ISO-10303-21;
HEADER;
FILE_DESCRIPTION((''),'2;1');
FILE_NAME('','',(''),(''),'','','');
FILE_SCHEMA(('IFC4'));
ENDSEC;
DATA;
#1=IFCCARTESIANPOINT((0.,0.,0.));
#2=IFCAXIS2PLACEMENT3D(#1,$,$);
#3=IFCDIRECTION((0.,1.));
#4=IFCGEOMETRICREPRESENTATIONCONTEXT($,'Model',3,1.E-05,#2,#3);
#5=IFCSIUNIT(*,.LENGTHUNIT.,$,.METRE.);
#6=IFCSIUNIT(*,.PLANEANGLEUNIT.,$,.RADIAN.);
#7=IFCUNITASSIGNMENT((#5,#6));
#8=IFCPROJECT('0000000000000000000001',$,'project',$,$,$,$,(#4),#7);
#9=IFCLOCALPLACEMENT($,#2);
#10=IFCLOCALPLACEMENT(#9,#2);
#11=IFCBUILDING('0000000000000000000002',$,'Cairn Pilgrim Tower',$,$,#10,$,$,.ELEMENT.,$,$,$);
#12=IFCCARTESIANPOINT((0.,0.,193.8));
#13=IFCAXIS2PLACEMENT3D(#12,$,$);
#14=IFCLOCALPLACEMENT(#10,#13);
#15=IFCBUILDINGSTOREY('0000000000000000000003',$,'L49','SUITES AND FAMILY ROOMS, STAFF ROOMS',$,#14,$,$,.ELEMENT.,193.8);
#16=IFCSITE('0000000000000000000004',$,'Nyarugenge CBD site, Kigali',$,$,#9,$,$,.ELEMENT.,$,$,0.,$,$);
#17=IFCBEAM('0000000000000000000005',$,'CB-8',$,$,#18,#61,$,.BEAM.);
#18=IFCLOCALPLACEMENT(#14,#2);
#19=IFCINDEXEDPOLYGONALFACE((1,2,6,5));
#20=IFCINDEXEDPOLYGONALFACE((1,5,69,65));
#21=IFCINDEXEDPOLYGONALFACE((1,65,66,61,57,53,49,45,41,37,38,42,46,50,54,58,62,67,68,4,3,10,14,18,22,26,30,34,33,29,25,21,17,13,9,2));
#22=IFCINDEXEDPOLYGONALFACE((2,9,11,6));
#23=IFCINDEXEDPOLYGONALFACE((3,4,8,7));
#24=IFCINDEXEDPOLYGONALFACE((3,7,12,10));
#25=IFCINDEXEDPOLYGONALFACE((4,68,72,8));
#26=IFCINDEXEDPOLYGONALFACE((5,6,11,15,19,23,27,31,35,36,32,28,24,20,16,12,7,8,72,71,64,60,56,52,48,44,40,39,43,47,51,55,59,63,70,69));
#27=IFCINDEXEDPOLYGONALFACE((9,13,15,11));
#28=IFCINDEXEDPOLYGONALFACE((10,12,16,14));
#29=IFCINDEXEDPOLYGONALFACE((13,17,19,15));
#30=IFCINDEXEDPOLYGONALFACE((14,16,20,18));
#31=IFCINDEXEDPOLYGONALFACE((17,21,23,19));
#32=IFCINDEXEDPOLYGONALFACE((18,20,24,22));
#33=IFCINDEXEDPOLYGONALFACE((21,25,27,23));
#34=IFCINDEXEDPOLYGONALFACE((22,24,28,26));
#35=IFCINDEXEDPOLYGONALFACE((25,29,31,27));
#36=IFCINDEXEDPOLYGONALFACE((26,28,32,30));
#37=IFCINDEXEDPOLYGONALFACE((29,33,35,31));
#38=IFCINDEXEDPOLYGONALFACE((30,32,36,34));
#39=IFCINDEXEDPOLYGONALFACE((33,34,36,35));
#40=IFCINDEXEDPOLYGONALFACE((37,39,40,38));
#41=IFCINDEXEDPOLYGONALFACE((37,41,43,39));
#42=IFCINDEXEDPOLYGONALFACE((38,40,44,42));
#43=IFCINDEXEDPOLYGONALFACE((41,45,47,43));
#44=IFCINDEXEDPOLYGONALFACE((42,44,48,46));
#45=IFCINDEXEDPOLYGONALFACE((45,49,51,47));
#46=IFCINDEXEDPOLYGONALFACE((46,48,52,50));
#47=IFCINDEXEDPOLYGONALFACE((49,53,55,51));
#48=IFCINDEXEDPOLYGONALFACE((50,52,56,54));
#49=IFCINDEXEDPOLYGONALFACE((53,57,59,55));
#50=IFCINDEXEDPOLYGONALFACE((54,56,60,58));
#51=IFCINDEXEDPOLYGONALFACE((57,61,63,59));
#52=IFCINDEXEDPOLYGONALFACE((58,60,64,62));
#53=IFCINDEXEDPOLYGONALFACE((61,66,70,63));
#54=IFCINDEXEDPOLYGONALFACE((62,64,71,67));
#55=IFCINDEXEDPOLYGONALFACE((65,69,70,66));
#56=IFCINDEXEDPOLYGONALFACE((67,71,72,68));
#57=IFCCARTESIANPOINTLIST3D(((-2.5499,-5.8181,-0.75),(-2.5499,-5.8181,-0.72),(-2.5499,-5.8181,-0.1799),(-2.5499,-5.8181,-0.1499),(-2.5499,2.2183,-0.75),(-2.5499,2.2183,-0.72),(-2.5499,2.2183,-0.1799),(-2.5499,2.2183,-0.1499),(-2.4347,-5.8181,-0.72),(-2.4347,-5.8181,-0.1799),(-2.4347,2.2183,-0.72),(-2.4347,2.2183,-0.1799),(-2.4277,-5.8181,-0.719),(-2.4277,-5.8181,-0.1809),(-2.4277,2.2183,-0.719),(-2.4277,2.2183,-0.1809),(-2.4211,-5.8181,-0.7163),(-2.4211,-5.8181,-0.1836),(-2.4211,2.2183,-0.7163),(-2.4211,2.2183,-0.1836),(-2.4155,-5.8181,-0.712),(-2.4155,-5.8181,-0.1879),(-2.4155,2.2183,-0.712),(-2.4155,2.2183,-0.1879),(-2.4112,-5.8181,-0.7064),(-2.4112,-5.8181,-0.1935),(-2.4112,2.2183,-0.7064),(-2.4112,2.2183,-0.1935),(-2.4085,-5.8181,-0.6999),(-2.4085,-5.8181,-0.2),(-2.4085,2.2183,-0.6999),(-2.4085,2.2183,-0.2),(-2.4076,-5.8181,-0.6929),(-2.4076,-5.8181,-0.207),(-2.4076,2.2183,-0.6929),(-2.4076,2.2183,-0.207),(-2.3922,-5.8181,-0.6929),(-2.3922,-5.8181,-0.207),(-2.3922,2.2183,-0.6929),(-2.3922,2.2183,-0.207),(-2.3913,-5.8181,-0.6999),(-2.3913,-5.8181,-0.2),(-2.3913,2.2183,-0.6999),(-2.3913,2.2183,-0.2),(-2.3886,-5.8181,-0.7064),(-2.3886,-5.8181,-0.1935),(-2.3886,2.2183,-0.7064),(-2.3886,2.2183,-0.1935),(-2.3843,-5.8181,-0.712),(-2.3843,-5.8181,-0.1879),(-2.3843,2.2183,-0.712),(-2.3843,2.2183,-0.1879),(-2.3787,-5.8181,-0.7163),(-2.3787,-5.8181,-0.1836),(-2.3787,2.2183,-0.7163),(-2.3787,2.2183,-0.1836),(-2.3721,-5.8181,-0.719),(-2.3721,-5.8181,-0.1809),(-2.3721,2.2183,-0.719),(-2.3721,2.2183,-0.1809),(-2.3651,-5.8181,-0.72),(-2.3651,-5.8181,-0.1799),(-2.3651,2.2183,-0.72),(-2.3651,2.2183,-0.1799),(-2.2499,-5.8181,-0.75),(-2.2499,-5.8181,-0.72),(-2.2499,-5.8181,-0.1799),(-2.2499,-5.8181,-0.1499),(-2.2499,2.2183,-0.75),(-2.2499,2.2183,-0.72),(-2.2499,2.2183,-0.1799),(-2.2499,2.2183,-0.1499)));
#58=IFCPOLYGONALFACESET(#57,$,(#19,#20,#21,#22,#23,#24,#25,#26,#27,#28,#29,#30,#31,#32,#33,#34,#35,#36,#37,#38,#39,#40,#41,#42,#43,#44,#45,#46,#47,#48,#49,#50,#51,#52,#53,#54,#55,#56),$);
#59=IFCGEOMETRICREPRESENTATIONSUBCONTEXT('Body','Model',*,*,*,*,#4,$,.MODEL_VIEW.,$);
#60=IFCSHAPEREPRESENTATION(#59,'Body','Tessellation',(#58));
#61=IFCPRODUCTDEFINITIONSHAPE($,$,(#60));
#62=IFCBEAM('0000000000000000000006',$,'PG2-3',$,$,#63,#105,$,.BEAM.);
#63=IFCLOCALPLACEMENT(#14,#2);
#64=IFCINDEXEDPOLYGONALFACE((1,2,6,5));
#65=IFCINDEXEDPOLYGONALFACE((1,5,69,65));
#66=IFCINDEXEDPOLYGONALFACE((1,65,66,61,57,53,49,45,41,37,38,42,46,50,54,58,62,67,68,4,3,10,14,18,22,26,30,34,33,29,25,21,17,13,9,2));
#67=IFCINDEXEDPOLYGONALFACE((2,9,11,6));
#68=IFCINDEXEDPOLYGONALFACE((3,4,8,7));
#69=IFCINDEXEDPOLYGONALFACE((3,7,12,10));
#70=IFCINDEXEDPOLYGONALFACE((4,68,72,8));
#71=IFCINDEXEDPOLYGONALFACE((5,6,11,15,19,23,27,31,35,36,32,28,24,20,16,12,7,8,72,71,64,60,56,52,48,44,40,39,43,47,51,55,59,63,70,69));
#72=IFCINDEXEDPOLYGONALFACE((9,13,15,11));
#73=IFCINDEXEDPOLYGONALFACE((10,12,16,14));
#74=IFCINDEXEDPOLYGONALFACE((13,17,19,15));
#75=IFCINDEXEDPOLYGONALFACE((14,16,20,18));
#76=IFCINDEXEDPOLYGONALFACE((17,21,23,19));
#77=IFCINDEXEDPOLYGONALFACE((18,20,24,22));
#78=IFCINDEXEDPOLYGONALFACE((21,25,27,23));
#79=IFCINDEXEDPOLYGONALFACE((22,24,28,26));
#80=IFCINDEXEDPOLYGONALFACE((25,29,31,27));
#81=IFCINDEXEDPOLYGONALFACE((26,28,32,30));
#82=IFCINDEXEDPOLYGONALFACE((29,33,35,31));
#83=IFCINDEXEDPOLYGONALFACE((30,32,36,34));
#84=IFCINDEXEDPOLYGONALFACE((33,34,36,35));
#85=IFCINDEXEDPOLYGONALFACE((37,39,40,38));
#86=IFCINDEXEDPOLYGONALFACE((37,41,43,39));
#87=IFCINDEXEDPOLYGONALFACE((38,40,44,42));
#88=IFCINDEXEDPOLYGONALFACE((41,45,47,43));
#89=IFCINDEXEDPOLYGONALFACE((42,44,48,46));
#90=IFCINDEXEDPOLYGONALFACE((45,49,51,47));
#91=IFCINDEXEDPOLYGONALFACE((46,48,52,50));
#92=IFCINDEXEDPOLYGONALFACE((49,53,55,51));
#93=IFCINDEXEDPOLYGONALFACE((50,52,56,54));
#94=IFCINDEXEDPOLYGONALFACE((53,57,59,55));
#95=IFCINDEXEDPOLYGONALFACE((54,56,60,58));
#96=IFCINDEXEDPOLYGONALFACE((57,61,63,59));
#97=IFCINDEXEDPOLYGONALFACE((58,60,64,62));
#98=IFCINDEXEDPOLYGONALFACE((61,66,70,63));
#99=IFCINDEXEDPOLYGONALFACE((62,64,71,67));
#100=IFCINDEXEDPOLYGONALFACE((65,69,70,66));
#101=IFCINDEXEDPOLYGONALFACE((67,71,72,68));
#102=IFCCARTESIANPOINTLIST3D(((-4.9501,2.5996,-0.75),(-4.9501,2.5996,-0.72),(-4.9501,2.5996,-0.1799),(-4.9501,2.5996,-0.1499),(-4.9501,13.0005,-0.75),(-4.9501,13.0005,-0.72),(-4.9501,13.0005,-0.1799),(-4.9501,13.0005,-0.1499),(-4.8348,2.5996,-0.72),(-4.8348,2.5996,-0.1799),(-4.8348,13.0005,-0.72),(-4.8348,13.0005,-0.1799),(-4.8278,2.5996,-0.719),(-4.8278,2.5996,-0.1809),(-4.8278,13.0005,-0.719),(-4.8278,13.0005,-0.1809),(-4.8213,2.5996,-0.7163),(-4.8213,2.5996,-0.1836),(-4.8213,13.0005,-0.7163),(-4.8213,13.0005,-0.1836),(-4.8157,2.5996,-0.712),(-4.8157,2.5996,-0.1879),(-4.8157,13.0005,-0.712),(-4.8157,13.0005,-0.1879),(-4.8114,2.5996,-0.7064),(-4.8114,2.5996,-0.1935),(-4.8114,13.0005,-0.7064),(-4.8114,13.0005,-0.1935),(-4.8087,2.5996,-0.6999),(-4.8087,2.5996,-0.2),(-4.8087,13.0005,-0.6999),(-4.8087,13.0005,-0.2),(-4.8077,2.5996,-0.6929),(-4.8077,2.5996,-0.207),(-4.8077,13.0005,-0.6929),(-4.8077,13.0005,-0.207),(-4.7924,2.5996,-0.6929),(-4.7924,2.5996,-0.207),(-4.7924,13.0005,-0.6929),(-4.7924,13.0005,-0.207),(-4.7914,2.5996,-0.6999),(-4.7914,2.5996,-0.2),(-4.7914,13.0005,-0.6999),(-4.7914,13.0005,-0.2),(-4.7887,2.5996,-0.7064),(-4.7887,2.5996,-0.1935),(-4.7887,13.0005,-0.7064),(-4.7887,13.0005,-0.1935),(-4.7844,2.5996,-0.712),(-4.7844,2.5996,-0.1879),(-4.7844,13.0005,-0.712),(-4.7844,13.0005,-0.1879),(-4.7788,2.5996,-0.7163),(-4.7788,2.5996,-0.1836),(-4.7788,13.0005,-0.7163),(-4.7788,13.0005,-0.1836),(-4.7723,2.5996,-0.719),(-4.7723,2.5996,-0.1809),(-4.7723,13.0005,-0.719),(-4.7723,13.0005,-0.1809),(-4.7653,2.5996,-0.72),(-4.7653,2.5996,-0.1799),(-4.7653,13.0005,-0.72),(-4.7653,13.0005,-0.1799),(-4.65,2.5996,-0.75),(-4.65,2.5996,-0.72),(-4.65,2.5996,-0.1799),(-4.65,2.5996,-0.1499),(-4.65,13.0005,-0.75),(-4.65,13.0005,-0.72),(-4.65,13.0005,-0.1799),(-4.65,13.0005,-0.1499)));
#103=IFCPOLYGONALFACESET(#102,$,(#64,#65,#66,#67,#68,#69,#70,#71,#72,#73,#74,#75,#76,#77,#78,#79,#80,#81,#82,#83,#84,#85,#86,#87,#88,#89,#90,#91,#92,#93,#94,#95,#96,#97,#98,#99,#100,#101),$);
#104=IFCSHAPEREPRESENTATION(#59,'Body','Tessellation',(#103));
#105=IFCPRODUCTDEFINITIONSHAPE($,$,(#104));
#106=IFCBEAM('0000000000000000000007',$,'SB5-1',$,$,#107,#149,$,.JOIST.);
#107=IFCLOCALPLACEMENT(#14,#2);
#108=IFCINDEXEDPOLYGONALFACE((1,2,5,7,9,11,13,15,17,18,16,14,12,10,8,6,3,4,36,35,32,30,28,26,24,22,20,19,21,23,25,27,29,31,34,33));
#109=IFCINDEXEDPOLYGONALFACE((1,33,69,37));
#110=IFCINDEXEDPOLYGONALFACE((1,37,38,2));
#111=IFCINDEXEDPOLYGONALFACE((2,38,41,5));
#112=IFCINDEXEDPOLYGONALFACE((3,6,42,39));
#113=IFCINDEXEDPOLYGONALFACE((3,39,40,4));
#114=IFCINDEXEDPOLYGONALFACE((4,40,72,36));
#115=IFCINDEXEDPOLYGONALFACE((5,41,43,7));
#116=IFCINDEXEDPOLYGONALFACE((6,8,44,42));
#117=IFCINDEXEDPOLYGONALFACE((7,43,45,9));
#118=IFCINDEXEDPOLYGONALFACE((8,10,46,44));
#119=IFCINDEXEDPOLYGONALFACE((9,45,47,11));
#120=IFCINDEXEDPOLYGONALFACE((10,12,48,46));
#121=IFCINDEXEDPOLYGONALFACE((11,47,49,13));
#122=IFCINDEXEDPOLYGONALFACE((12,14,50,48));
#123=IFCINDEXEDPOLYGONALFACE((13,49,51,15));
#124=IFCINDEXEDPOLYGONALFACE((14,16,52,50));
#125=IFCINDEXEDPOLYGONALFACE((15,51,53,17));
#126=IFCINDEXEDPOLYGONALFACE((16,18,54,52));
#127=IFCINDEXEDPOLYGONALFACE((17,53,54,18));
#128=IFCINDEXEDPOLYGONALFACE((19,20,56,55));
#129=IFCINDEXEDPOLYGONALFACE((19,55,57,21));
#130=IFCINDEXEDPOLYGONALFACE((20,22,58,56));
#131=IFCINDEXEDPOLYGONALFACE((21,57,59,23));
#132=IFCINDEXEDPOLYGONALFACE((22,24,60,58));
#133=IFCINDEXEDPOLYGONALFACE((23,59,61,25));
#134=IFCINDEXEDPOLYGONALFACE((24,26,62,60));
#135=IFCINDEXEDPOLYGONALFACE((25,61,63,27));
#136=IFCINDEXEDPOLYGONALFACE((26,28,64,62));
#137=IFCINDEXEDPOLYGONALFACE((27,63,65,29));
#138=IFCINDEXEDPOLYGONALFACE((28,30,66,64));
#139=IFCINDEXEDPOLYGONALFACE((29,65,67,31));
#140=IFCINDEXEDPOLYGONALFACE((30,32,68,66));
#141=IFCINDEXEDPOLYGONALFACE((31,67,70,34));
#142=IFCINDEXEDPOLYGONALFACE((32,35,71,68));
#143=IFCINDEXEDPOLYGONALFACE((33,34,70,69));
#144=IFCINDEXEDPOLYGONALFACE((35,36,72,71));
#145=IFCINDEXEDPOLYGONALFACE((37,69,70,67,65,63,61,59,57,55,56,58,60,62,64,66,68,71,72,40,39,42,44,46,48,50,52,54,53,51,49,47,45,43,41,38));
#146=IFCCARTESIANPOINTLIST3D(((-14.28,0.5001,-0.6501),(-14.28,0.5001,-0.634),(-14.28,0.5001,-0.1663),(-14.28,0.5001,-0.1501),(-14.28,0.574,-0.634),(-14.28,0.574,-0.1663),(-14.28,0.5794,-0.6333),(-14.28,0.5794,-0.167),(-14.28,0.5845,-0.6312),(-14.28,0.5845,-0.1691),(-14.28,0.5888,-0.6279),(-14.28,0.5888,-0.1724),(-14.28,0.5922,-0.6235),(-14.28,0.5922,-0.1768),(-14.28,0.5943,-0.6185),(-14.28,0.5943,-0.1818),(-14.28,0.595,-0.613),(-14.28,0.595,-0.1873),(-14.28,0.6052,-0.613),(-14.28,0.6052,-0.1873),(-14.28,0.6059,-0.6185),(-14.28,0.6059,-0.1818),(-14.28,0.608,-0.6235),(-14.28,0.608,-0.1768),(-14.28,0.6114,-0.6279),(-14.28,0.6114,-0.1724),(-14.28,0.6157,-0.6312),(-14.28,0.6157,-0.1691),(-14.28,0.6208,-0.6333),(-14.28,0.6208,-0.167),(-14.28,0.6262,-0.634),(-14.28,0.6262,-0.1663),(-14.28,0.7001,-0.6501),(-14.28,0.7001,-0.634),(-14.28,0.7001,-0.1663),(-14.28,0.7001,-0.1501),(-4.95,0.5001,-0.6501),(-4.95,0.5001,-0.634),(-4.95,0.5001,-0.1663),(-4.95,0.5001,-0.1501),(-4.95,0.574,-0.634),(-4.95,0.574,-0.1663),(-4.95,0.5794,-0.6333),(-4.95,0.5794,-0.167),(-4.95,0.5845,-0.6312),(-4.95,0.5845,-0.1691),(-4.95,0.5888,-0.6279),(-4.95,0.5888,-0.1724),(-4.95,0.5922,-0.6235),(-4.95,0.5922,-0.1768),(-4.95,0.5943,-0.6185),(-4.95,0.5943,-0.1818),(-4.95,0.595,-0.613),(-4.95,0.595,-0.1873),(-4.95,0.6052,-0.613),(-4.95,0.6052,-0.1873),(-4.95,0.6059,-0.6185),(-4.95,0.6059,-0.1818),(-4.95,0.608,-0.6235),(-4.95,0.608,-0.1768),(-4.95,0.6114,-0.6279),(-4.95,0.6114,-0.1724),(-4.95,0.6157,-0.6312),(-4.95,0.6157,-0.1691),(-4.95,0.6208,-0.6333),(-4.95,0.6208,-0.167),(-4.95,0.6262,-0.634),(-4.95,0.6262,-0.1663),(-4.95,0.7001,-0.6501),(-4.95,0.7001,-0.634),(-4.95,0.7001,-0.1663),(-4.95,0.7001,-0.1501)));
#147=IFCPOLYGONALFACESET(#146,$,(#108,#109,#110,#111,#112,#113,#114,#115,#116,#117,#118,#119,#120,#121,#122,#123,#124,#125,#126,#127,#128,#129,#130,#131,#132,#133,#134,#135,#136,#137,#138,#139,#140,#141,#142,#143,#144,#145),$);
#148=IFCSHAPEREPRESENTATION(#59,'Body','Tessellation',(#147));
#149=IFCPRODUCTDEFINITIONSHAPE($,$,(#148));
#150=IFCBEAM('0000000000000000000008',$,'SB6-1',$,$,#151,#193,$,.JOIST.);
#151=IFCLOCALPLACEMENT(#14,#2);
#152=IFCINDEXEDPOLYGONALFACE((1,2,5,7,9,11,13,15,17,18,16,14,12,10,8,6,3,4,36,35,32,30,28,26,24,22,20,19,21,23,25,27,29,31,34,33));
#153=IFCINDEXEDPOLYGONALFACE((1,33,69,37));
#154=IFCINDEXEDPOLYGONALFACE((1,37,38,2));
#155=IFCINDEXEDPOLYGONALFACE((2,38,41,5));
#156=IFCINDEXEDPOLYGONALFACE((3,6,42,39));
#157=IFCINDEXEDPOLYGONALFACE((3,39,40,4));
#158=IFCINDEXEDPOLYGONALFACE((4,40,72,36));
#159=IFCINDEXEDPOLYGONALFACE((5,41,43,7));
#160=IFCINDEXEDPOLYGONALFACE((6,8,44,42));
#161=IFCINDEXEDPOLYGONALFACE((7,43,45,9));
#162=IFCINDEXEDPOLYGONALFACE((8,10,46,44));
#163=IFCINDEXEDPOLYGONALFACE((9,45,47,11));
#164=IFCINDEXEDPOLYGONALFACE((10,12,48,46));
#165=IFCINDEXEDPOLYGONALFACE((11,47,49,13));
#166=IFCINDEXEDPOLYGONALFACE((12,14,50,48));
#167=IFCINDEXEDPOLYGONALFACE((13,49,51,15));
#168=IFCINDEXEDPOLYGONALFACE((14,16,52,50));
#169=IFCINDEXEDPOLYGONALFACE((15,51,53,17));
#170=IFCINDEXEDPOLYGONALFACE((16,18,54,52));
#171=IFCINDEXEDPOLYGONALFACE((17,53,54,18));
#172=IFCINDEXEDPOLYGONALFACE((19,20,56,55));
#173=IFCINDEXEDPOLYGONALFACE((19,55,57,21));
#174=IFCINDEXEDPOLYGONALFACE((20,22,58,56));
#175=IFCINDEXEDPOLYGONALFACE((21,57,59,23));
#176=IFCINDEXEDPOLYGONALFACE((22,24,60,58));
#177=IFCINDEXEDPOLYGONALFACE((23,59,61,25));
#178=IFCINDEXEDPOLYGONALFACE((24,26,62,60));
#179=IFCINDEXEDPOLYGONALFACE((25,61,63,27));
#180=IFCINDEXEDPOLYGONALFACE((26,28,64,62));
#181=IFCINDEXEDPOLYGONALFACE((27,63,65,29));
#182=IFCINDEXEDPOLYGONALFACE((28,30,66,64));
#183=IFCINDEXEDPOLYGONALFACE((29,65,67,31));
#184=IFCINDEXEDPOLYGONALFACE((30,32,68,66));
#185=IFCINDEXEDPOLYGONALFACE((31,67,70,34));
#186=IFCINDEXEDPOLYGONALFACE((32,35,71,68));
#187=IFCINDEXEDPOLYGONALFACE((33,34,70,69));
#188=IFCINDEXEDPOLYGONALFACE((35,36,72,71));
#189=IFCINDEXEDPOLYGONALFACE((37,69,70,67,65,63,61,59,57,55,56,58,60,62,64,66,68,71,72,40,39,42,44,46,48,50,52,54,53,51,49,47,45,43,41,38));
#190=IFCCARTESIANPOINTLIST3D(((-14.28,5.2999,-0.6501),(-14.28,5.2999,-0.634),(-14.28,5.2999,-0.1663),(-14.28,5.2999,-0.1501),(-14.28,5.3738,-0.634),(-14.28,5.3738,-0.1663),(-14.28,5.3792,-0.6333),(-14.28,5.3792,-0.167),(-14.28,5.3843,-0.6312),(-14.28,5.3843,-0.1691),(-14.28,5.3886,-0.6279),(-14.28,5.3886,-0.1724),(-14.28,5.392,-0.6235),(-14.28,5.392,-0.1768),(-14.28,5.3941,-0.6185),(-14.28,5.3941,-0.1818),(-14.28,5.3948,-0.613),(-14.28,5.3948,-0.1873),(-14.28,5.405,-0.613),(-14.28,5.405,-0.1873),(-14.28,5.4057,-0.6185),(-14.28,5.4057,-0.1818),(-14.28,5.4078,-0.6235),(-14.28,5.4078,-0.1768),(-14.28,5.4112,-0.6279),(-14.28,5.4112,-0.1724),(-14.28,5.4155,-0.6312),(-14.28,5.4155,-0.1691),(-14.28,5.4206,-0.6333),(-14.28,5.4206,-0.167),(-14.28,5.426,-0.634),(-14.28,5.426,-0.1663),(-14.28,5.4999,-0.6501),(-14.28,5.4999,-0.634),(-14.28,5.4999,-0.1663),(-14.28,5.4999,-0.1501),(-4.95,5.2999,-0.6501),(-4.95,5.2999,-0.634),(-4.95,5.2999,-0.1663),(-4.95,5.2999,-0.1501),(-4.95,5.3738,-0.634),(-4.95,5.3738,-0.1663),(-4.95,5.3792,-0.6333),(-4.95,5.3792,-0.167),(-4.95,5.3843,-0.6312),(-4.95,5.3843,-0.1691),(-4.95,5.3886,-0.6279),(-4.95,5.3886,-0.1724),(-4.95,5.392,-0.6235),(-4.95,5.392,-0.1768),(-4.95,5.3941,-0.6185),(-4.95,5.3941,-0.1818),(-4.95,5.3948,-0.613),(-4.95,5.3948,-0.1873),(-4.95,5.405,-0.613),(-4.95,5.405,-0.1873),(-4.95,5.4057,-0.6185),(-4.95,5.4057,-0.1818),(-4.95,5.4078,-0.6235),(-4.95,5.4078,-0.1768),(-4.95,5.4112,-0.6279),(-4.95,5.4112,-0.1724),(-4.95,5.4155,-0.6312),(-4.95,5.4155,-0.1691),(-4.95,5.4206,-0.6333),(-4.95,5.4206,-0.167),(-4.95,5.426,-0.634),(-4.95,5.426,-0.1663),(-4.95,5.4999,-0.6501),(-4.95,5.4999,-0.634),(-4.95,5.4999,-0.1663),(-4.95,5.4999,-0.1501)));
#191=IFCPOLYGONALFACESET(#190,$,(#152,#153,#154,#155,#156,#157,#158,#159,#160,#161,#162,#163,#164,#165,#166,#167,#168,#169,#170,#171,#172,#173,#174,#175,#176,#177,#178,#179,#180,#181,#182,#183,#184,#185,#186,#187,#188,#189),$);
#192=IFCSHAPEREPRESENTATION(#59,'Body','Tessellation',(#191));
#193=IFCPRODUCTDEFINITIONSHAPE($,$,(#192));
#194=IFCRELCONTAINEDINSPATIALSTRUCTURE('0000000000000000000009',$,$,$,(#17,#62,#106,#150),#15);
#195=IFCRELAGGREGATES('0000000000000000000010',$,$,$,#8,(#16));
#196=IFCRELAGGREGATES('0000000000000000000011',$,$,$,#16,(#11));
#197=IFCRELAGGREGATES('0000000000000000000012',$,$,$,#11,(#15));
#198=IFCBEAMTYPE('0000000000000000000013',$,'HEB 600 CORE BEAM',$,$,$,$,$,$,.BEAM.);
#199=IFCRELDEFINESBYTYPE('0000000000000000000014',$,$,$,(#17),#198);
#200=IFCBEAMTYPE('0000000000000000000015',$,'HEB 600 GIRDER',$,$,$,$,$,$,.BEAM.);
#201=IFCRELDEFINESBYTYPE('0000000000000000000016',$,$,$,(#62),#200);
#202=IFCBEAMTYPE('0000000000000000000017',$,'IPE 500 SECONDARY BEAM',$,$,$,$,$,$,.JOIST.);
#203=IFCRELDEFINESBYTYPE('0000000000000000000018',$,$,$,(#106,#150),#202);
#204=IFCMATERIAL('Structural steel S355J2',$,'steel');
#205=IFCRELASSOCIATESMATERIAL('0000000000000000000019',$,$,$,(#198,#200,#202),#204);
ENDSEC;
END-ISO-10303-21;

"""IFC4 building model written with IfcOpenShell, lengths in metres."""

from ifc_helpers import new_model, si_unit, direction, frame, origin, origin_2d, place, context, subcontext, project, spatial, i_section, extrude, material, material_profile, profile_set, type_object, element, save


model = new_model("IFC4")

# Units and contexts
model_context = context("Model", 3, precision=1e-05, world=origin(), true_north=direction((0.0, 1.0)))
body_context = subcontext(model_context, "Body", "Model", "MODEL_VIEW")
ifc_project = project(units=[si_unit("LENGTHUNIT", "METRE"), si_unit("PLANEANGLEUNIT", "RADIAN")], contexts=[model_context])

# Site, building, storey
site_placement = place(None, origin())
site = spatial("IfcSite", under=ifc_project, at=site_placement, Name="Nyarugenge CBD site, Kigali", CompositionType="ELEMENT", RefElevation=0.0)
building_placement = place(site_placement, origin())
building = spatial("IfcBuilding", under=site, at=building_placement, Name="Cairn Pilgrim Tower", CompositionType="ELEMENT")
storey_placement = place(building_placement, frame((0.0, 0.0, 193.8)))
storey = spatial("IfcBuildingStorey", under=building, at=storey_placement, Name="L49", Description="SUITES AND FAMILY ROOMS, STAFF ROOMS", CompositionType="ELEMENT", Elevation=193.8)

# Shared definitions
ifc_material_1 = material(Name="Structural steel S355J2", Category="steel")

# Beams
ifc_material_profile_1 = material_profile(ifc_material_1, i_section(OverallWidth=0.3, OverallDepth=0.6001, WebThickness=0.0154, FlangeThickness=0.03, FilletRadius=0.0271, at=origin_2d()), Name="HEB 600")
ifc_profile_set_1 = profile_set([ifc_material_profile_1], Name="Structural steel S355J2")
beam_type_1 = type_object("IfcBeamType", Name="HEB 600 CORE BEAM", PredefinedType="BEAM", material=ifc_profile_set_1)
beam_1_placement = place(storey_placement, frame((-2.3999, 2.2183, -0.45), z_axis=(0.0, -1.0, 0.0), x_axis=(1.0, 0.0, 0.0)))
element("IfcBeam", 1, at=beam_1_placement, inside=storey, type_object=beam_type_1, Name="CB-8", PredefinedType="BEAM", context=body_context, shape_type="SweptSolid", body=[
    extrude(i_section(OverallWidth=0.3, OverallDepth=0.6001, WebThickness=0.0154, FlangeThickness=0.03, FilletRadius=0.0271, at=origin_2d()), origin(), (0.0, 0.0, 1.0), 8.0364),
])
ifc_material_profile_2 = material_profile(ifc_material_1, i_section(OverallWidth=0.3, OverallDepth=0.6001, WebThickness=0.0154, FlangeThickness=0.03, FilletRadius=0.0271, at=origin_2d()), Name="HEB 600")
ifc_profile_set_2 = profile_set([ifc_material_profile_2], Name="Structural steel S355J2")
beam_type_2 = type_object("IfcBeamType", Name="HEB 600 GIRDER", PredefinedType="BEAM", material=ifc_profile_set_2)
beam_2_placement = place(storey_placement, frame((-4.8, 2.5996, -0.45), z_axis=(0.0, 1.0, 0.0), x_axis=(-1.0, 0.0, 0.0)))
element("IfcBeam", 2, at=beam_2_placement, inside=storey, type_object=beam_type_2, Name="PG2-3", PredefinedType="BEAM", context=body_context, shape_type="SweptSolid", body=[
    extrude(i_section(OverallWidth=0.3, OverallDepth=0.6001, WebThickness=0.0154, FlangeThickness=0.03, FilletRadius=0.0271, at=origin_2d()), origin(), (0.0, 0.0, 1.0), 10.4009),
])
ifc_material_profile_3 = material_profile(ifc_material_1, i_section(OverallWidth=0.2, OverallDepth=0.5, WebThickness=0.0103, FlangeThickness=0.0161, FilletRadius=0.021, at=origin_2d()), Name="IPE 500")
ifc_profile_set_3 = profile_set([ifc_material_profile_3], Name="Structural steel S355J2")
beam_type_3 = type_object("IfcBeamType", Name="IPE 500 SECONDARY BEAM", PredefinedType="JOIST", material=ifc_profile_set_3)
for number, where, z_axis, x_axis, name in (
    (3, (-14.28, 0.6001, -0.4001), (1.0, 0.0, 0.0), (0.0, 1.0, 0.0), "SB5-1"),
    (4, (-14.28, 5.3999, -0.4001), (1.0, 0.0, 0.0), (0.0, 1.0, 0.0), "SB6-1"),
):
    element("IfcBeam", number, at=place(storey_placement, frame(where, z_axis=z_axis, x_axis=x_axis)), inside=storey, type_object=beam_type_3, Name=name, PredefinedType="JOIST", context=body_context, shape_type="SweptSolid", body=[
        extrude(i_section(OverallWidth=0.2, OverallDepth=0.5, WebThickness=0.0103, FlangeThickness=0.0161, FilletRadius=0.021, at=origin_2d()), origin(), (0.0, 0.0, 1.0), 9.3301),
    ])

save(model, "model.ifc")
